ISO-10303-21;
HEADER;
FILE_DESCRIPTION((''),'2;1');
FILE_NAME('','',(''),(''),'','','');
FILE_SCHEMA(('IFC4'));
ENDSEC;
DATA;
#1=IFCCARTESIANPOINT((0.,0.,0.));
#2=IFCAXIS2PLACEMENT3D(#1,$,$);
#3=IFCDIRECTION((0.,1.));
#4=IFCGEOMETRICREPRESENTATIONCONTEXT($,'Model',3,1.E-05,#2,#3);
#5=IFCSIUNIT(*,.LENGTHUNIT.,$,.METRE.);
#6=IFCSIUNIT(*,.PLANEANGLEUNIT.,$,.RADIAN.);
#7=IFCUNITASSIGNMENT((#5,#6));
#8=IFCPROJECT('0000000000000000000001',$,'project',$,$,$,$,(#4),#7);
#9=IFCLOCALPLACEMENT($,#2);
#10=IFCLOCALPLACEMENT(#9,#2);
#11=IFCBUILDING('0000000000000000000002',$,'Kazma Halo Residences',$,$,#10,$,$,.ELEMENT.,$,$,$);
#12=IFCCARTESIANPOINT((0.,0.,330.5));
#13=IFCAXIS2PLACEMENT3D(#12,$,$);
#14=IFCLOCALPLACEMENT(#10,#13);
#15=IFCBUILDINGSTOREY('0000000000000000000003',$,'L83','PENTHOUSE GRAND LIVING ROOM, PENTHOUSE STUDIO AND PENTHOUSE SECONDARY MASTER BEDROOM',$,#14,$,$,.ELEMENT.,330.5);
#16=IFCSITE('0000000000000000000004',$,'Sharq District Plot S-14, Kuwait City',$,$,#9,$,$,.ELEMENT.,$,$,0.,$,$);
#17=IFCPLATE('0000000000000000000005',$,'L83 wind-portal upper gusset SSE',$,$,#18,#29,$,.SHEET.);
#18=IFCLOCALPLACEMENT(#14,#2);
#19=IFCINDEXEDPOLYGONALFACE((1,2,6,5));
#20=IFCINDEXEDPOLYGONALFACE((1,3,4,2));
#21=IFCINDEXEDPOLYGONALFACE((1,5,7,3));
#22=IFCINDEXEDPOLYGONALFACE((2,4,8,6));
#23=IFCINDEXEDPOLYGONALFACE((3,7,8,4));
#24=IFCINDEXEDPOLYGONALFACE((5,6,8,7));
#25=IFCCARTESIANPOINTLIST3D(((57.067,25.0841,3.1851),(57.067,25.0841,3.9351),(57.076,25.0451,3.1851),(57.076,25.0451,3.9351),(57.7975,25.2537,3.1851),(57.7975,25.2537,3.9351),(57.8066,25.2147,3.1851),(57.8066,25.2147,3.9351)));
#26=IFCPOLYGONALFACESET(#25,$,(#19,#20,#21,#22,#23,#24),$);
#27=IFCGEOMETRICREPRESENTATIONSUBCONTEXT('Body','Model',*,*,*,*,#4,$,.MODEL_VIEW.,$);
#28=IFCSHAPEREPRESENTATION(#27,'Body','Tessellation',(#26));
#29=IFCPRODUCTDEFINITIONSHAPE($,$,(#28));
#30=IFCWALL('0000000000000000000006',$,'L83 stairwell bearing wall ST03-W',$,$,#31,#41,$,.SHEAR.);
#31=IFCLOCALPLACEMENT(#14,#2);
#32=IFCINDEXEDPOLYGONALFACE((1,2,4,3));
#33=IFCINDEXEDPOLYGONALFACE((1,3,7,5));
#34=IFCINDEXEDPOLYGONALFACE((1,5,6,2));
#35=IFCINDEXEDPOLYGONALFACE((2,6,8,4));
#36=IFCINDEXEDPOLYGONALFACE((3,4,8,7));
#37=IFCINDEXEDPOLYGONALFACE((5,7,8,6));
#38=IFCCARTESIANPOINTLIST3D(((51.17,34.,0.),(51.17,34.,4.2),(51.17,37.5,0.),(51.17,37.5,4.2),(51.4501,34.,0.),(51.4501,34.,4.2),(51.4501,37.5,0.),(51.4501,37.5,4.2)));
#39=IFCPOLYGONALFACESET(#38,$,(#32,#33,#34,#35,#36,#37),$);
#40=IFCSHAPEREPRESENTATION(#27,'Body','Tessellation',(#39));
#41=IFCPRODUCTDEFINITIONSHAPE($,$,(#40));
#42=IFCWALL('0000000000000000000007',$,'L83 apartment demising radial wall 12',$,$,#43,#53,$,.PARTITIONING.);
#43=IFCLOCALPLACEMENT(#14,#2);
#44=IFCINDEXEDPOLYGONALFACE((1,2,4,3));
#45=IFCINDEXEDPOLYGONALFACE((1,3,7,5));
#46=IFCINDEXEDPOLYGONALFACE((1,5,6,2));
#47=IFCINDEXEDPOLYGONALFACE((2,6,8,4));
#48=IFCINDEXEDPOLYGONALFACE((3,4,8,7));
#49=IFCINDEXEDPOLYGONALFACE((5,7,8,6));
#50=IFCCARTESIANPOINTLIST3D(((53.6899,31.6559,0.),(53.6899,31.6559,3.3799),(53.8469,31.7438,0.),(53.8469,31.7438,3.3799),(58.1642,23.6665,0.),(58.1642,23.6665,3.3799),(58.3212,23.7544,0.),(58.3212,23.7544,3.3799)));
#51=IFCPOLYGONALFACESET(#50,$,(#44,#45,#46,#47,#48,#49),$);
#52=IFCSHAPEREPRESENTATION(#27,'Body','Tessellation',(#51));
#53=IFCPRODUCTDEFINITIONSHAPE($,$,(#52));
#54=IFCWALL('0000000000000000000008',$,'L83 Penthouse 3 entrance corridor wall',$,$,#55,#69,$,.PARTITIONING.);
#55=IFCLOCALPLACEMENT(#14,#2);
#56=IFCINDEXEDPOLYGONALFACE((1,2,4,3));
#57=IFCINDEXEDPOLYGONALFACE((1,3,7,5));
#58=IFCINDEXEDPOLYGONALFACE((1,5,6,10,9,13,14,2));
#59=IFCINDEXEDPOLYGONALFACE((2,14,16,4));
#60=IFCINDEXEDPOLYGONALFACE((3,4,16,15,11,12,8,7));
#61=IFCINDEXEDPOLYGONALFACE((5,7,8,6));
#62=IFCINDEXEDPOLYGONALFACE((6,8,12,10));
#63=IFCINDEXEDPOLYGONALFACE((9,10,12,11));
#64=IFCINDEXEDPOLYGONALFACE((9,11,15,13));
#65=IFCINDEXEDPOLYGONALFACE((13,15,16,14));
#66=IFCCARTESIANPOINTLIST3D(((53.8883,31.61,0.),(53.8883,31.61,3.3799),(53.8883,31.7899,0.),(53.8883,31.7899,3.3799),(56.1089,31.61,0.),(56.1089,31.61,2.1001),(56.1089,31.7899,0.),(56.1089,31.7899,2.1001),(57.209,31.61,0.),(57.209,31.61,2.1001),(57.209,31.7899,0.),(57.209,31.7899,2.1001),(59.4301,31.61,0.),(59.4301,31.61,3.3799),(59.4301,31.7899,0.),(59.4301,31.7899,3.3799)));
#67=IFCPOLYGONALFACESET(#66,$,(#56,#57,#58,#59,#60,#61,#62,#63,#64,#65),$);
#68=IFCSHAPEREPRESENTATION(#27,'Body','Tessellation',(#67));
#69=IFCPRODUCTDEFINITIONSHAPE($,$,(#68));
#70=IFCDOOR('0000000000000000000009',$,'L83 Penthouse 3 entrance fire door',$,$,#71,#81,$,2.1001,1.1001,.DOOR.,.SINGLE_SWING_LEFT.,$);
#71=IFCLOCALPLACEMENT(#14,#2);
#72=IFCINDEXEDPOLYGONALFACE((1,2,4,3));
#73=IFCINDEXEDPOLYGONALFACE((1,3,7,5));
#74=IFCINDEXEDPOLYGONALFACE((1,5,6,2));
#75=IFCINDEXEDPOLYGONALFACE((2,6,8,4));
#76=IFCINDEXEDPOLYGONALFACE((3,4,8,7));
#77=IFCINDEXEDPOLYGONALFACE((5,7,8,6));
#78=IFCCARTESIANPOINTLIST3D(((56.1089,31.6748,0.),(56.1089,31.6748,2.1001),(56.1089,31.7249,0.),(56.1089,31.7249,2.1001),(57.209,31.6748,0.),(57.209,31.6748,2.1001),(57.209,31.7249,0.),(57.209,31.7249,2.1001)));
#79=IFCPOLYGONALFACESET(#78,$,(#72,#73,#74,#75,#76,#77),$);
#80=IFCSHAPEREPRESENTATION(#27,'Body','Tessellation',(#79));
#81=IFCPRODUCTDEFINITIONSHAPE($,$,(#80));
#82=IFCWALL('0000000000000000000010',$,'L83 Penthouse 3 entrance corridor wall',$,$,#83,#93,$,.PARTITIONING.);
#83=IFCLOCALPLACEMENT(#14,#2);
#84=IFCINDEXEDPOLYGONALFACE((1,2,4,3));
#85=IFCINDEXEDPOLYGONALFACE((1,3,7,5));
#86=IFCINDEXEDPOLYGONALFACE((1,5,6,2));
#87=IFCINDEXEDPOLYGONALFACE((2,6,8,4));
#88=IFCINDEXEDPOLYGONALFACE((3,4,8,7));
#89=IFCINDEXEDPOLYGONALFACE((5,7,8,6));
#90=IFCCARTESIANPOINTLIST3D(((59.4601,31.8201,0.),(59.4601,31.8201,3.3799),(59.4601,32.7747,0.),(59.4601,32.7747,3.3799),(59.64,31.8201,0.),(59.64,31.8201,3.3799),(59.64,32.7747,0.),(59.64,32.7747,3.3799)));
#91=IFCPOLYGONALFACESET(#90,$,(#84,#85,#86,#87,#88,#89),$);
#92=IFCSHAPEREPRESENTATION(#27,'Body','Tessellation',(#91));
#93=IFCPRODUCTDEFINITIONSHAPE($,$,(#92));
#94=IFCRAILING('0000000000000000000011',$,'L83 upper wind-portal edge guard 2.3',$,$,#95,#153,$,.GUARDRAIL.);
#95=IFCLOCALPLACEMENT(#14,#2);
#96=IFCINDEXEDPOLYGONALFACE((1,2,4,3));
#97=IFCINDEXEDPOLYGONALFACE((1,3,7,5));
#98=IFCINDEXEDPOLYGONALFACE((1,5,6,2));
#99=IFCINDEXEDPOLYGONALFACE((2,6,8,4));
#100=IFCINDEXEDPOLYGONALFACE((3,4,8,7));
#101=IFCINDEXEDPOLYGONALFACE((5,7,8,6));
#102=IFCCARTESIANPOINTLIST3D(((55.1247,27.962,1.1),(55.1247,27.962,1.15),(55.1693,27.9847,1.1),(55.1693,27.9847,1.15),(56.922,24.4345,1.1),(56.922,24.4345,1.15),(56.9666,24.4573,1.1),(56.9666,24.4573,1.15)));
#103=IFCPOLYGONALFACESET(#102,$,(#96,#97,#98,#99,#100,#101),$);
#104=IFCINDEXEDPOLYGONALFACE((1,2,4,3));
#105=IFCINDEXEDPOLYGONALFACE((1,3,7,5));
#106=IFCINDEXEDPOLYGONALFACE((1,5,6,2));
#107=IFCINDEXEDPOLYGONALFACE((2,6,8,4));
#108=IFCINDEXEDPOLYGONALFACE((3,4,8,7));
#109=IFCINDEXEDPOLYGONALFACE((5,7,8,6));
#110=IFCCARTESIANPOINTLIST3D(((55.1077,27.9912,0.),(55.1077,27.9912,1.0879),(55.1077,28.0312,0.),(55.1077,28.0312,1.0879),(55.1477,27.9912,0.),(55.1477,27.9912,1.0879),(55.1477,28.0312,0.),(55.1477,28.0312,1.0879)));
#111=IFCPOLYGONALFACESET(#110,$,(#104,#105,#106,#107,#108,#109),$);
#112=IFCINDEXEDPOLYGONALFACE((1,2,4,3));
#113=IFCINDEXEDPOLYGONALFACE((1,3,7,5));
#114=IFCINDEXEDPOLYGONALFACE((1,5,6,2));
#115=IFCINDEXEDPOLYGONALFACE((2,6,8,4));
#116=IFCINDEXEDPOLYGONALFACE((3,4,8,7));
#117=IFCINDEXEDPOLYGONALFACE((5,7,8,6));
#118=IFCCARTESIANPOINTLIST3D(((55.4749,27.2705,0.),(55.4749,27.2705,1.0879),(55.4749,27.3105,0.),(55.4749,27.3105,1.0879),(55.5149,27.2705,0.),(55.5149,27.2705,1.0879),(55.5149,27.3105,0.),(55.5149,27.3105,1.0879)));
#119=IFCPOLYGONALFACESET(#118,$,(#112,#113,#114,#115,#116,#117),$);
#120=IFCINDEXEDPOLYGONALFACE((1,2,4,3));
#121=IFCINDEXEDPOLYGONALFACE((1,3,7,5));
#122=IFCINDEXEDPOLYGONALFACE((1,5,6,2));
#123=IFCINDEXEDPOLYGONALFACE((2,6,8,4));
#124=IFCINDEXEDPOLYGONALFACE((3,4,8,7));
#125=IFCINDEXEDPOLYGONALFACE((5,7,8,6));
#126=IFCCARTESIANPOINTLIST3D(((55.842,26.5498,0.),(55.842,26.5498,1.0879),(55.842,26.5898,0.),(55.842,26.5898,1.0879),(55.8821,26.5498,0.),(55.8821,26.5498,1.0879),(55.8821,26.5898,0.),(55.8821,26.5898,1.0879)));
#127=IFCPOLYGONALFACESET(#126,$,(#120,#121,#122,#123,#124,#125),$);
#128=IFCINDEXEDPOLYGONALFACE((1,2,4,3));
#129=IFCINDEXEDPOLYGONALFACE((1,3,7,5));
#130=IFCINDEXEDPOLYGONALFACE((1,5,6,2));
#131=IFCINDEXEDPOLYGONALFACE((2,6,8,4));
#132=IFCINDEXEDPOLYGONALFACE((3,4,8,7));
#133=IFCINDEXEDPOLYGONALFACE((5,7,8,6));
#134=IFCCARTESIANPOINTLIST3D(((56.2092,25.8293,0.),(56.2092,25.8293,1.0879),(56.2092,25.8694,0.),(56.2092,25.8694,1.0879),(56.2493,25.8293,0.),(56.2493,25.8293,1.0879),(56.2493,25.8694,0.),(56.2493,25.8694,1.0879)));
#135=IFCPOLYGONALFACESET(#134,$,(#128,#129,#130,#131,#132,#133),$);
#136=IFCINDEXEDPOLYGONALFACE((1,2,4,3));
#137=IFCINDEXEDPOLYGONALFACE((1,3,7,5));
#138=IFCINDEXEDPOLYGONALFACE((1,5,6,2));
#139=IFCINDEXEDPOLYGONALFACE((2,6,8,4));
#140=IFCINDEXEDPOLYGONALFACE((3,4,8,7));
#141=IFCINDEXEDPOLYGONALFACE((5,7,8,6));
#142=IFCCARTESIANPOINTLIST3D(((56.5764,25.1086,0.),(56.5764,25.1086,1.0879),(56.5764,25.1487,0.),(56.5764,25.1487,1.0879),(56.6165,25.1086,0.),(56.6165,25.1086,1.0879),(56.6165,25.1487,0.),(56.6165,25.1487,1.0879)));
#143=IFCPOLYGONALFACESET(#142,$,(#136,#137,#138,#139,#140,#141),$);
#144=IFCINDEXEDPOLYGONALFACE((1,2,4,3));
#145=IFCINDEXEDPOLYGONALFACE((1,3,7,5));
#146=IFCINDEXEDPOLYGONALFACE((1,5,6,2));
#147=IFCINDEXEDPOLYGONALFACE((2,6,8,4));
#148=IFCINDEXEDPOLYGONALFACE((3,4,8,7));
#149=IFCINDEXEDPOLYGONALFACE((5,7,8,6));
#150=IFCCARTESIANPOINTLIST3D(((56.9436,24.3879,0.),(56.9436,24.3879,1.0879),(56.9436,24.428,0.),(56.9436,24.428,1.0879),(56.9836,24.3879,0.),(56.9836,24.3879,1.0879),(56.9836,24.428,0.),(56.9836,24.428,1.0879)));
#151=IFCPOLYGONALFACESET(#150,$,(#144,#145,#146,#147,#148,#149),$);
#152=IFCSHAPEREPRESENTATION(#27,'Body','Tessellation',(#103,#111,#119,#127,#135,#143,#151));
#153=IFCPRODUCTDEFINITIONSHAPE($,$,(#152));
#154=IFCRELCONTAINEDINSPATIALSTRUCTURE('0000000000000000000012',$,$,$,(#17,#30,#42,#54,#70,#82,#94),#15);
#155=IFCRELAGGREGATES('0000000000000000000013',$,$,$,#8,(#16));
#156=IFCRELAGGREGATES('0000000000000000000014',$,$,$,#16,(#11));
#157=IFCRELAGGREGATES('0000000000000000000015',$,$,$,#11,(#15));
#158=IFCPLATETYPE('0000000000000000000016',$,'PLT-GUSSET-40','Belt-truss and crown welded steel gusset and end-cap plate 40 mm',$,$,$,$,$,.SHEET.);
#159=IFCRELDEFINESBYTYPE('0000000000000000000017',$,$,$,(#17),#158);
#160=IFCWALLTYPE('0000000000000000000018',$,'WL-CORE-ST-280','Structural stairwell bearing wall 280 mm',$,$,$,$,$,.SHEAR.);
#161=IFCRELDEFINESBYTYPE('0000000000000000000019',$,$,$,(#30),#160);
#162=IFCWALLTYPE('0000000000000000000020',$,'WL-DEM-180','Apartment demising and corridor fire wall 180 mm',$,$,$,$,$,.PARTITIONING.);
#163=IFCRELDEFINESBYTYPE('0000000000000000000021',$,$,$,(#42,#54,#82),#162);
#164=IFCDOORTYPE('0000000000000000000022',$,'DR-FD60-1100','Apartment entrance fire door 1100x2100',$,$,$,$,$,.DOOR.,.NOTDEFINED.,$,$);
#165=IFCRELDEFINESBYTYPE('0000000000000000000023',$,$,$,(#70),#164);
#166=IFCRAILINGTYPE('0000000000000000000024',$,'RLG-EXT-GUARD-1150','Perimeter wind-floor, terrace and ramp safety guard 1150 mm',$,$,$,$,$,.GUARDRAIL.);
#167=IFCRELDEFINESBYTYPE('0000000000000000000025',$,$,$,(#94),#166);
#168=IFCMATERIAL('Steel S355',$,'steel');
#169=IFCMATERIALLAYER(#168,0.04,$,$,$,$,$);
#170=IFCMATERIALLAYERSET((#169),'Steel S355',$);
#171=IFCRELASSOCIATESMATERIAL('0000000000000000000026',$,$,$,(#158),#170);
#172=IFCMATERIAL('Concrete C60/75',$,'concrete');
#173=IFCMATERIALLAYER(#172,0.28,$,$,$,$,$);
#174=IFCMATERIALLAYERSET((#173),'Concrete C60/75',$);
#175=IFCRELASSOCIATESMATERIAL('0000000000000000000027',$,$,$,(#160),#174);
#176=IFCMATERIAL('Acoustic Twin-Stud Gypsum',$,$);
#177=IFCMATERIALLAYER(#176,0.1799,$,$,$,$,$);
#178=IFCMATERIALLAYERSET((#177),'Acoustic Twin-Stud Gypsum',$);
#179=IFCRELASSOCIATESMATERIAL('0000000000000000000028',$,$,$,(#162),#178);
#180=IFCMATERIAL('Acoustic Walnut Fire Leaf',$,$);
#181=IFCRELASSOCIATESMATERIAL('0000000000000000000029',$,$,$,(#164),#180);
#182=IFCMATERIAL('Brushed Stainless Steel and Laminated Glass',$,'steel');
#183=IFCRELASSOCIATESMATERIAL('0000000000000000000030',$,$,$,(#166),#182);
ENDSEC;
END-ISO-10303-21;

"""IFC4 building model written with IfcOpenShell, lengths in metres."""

from ifc_helpers import new_model, si_unit, direction, frame, frame_2d, origin, origin_2d, place, context, subcontext, project, spatial, rectangle, extrude, material, layer, layer_set, type_object, element, fill, save


model = new_model("IFC4")

# Units and contexts
model_context = context("Model", 3, precision=1e-05, world=origin(), true_north=direction((0.0, 1.0)))
body_context = subcontext(model_context, "Body", "Model", "MODEL_VIEW")
ifc_project = project(units=[si_unit("LENGTHUNIT", "METRE"), si_unit("PLANEANGLEUNIT", "RADIAN")], contexts=[model_context])

# Site, building, storey
site_placement = place(None, origin())
site = spatial("IfcSite", under=ifc_project, at=site_placement, Name="Sharq District Plot S-14, Kuwait City", CompositionType="ELEMENT", RefElevation=0.0)
building_placement = place(site_placement, origin())
building = spatial("IfcBuilding", under=site, at=building_placement, Name="Kazma Halo Residences", CompositionType="ELEMENT")
storey_placement = place(building_placement, frame((0.0, 0.0, 330.5)))
storey = spatial("IfcBuildingStorey", under=building, at=storey_placement, Name="L83", Description="PENTHOUSE GRAND LIVING ROOM, PENTHOUSE STUDIO AND PENTHOUSE SECONDARY MASTER BEDROOM", CompositionType="ELEMENT", Elevation=330.5)

# Shared definitions
ifc_material_1 = material(Name="Concrete C60/75", Category="concrete")

# Shared definitions
ifc_material_2 = material(Name="Steel S355", Category="steel")

# Plate
ifc_layer_1 = layer(ifc_material_2, 0.04)
ifc_layer_set_1 = layer_set([ifc_layer_1], Name="Steel S355")
plate_type = type_object("IfcPlateType", Name="PLT-GUSSET-40", Description="Belt-truss and crown welded steel gusset and end-cap plate 40 mm", PredefinedType="SHEET", material=ifc_layer_set_1)
plate_placement = place(storey_placement, frame((57.4368, 25.1494, 3.1851), z_axis=(0.0, 0.0, 1.0), x_axis=(0.974084, 0.226188, 0.0)))
element("IfcPlate", 1, at=plate_placement, inside=storey, type_object=plate_type, Name="L83 wind-portal upper gusset SSE", PredefinedType="SHEET", context=body_context, shape_type="SweptSolid", body=[
    extrude(rectangle(XDim=0.75, YDim=0.04, at=origin_2d()), origin(), (0.0, 0.0, 1.0), 0.75),
])

# Walls
ifc_layer_2 = layer(ifc_material_1, 0.28)
ifc_layer_set_2 = layer_set([ifc_layer_2], Name="Concrete C60/75")
wall_type_1 = type_object("IfcWallType", Name="WL-CORE-ST-280", Description="Structural stairwell bearing wall 280 mm", PredefinedType="SHEAR", material=ifc_layer_set_2)
wall_1_placement = place(storey_placement, frame((51.3101, 34.0, 0.0), z_axis=(0.0, 0.0, 1.0), x_axis=(0.0, 1.0, 0.0)))
element("IfcWall", 2, at=wall_1_placement, inside=storey, type_object=wall_type_1, Name="L83 stairwell bearing wall ST03-W", PredefinedType="SHEAR", context=body_context, shape_type="SweptSolid", body=[
    extrude(rectangle(XDim=3.5, YDim=0.28, at=frame_2d((1.75, 0.0))), origin(), (0.0, 0.0, 1.0), 4.2),
])
ifc_material_3 = material(Name="Acoustic Twin-Stud Gypsum")
ifc_layer_3 = layer(ifc_material_3, 0.1799)
ifc_layer_set_3 = layer_set([ifc_layer_3], Name="Acoustic Twin-Stud Gypsum")
wall_type_2 = type_object("IfcWallType", Name="WL-DEM-180", Description="Apartment demising and corridor fire wall 180 mm", PredefinedType="PARTITIONING", material=ifc_layer_set_3)
wall_2_placement = place(storey_placement, frame((53.7683, 31.7, 0.0), z_axis=(0.0, 0.0, 1.0), x_axis=(0.488624, -0.872495, 0.0)))
element("IfcWall", 3, at=wall_2_placement, inside=storey, type_object=wall_type_2, Name="L83 apartment demising radial wall 12", PredefinedType="PARTITIONING", context=body_context, shape_type="SweptSolid", body=[
    extrude(rectangle(XDim=9.157, YDim=0.1799, at=frame_2d((4.5786, 0.0))), origin(), (0.0, 0.0, 1.0), 3.3799),
])

# Wall, opening, door
wall_3_placement = place(storey_placement, frame((53.8882, 31.7, 0.0), z_axis=(0.0, 0.0, 1.0), x_axis=(1.0, 0.0, 0.0)))
wall_3 = element("IfcWall", 4, at=wall_3_placement, inside=storey, type_object=wall_type_2, Name="L83 Penthouse 3 entrance corridor wall", PredefinedType="PARTITIONING", context=body_context, shape_type="SweptSolid", body=[
    extrude(rectangle(XDim=5.5417, YDim=0.1799, at=frame_2d((2.771, 0.0))), origin(), (0.0, 0.0, 1.0), 3.3799),
])
opening_placement = place(wall_3_placement, frame((2.2207, 0.0, 0.0)))
opening = element("IfcOpeningElement", 5, at=opening_placement, cuts=wall_3, PredefinedType="OPENING", context=body_context, shape_type="SweptSolid", body=[
    extrude(rectangle(XDim=1.1001, YDim=2.1001, at=frame_2d((0.55, 1.05))), frame((0.0, 0.0999, 0.0), z_axis=(0.0, -1.0, 0.0), x_axis=(1.0, 0.0, 0.0)), (0.0, 0.0, 1.0), 0.2),
])
ifc_material_4 = material(Name="Acoustic Walnut Fire Leaf")
door_type = type_object("IfcDoorType", Name="DR-FD60-1100", Description="Apartment entrance fire door 1100x2100", OperationType="NOTDEFINED", PredefinedType="DOOR", material=ifc_material_4)
door_placement = place(opening_placement, origin())
door = element("IfcDoor", 6, at=door_placement, inside=storey, type_object=door_type, Name="L83 Penthouse 3 entrance fire door", OperationType="SINGLE_SWING_LEFT", OverallHeight=2.1001, OverallWidth=1.1001, PredefinedType="DOOR", context=body_context, shape_type="SweptSolid", body=[
    extrude(rectangle(XDim=1.1001, YDim=2.1001, at=frame_2d((0.55, 1.05))), frame((0.0, 0.0249, 0.0), z_axis=(0.0, -1.0, 0.0), x_axis=(1.0, 0.0, 0.0)), (0.0, 0.0, 1.0), 0.05),
])
fill(opening, door)

# Wall
wall_4_placement = place(storey_placement, frame((59.55, 31.8201, 0.0), z_axis=(0.0, 0.0, 1.0), x_axis=(0.0, 1.0, 0.0)))
element("IfcWall", 7, at=wall_4_placement, inside=storey, type_object=wall_type_2, Name="L83 Penthouse 3 entrance corridor wall", PredefinedType="PARTITIONING", context=body_context, shape_type="SweptSolid", body=[
    extrude(rectangle(XDim=0.9546, YDim=0.1799, at=frame_2d((0.4773, 0.0))), origin(), (0.0, 0.0, 1.0), 3.3799),
])

# Railing
ifc_material_5 = material(Name="Brushed Stainless Steel and Laminated Glass", Category="steel")
railing_type = type_object("IfcRailingType", Name="RLG-EXT-GUARD-1150", Description="Perimeter wind-floor, terrace and ramp safety guard 1150 mm", PredefinedType="GUARDRAIL", material=ifc_material_5)
railing_1_placement = place(storey_placement, frame((55.1277, 28.0112, 0.0)))
element("IfcRailing", 8, at=railing_1_placement, inside=storey, type_object=railing_type, Name="L83 upper wind-portal edge guard 2.3", PredefinedType="GUARDRAIL", context=body_context, shape_type="SweptSolid", body=[
    extrude(rectangle(XDim=0.05, YDim=0.05, at=origin_2d()), frame((0.0193, -0.0378, 1.125), z_axis=(0.453986, -0.891009, 0.0), x_axis=(0.891009, 0.453986, 0.0)), (0.0, 0.0, 1.0), 3.959),
    extrude(rectangle(XDim=0.04, YDim=0.04, at=origin_2d()), origin(), (0.0, 0.0, 1.0), 1.0879),
    extrude(rectangle(XDim=0.04, YDim=0.04, at=origin_2d()), frame((0.3672, -0.7207, 0.0)), (0.0, 0.0, 1.0), 1.0879),
    extrude(rectangle(XDim=0.04, YDim=0.04, at=origin_2d()), frame((0.7344, -1.4414, 0.0)), (0.0, 0.0, 1.0), 1.0879),
    extrude(rectangle(XDim=0.04, YDim=0.04, at=origin_2d()), frame((1.1016, -2.1619, 0.0)), (0.0, 0.0, 1.0), 1.0879),
    extrude(rectangle(XDim=0.04, YDim=0.04, at=origin_2d()), frame((1.4688, -2.8826, 0.0)), (0.0, 0.0, 1.0), 1.0879),
    extrude(rectangle(XDim=0.04, YDim=0.04, at=origin_2d()), frame((1.8359, -3.6033, 0.0)), (0.0, 0.0, 1.0), 1.0879),
])

save(model, "model.ifc")
